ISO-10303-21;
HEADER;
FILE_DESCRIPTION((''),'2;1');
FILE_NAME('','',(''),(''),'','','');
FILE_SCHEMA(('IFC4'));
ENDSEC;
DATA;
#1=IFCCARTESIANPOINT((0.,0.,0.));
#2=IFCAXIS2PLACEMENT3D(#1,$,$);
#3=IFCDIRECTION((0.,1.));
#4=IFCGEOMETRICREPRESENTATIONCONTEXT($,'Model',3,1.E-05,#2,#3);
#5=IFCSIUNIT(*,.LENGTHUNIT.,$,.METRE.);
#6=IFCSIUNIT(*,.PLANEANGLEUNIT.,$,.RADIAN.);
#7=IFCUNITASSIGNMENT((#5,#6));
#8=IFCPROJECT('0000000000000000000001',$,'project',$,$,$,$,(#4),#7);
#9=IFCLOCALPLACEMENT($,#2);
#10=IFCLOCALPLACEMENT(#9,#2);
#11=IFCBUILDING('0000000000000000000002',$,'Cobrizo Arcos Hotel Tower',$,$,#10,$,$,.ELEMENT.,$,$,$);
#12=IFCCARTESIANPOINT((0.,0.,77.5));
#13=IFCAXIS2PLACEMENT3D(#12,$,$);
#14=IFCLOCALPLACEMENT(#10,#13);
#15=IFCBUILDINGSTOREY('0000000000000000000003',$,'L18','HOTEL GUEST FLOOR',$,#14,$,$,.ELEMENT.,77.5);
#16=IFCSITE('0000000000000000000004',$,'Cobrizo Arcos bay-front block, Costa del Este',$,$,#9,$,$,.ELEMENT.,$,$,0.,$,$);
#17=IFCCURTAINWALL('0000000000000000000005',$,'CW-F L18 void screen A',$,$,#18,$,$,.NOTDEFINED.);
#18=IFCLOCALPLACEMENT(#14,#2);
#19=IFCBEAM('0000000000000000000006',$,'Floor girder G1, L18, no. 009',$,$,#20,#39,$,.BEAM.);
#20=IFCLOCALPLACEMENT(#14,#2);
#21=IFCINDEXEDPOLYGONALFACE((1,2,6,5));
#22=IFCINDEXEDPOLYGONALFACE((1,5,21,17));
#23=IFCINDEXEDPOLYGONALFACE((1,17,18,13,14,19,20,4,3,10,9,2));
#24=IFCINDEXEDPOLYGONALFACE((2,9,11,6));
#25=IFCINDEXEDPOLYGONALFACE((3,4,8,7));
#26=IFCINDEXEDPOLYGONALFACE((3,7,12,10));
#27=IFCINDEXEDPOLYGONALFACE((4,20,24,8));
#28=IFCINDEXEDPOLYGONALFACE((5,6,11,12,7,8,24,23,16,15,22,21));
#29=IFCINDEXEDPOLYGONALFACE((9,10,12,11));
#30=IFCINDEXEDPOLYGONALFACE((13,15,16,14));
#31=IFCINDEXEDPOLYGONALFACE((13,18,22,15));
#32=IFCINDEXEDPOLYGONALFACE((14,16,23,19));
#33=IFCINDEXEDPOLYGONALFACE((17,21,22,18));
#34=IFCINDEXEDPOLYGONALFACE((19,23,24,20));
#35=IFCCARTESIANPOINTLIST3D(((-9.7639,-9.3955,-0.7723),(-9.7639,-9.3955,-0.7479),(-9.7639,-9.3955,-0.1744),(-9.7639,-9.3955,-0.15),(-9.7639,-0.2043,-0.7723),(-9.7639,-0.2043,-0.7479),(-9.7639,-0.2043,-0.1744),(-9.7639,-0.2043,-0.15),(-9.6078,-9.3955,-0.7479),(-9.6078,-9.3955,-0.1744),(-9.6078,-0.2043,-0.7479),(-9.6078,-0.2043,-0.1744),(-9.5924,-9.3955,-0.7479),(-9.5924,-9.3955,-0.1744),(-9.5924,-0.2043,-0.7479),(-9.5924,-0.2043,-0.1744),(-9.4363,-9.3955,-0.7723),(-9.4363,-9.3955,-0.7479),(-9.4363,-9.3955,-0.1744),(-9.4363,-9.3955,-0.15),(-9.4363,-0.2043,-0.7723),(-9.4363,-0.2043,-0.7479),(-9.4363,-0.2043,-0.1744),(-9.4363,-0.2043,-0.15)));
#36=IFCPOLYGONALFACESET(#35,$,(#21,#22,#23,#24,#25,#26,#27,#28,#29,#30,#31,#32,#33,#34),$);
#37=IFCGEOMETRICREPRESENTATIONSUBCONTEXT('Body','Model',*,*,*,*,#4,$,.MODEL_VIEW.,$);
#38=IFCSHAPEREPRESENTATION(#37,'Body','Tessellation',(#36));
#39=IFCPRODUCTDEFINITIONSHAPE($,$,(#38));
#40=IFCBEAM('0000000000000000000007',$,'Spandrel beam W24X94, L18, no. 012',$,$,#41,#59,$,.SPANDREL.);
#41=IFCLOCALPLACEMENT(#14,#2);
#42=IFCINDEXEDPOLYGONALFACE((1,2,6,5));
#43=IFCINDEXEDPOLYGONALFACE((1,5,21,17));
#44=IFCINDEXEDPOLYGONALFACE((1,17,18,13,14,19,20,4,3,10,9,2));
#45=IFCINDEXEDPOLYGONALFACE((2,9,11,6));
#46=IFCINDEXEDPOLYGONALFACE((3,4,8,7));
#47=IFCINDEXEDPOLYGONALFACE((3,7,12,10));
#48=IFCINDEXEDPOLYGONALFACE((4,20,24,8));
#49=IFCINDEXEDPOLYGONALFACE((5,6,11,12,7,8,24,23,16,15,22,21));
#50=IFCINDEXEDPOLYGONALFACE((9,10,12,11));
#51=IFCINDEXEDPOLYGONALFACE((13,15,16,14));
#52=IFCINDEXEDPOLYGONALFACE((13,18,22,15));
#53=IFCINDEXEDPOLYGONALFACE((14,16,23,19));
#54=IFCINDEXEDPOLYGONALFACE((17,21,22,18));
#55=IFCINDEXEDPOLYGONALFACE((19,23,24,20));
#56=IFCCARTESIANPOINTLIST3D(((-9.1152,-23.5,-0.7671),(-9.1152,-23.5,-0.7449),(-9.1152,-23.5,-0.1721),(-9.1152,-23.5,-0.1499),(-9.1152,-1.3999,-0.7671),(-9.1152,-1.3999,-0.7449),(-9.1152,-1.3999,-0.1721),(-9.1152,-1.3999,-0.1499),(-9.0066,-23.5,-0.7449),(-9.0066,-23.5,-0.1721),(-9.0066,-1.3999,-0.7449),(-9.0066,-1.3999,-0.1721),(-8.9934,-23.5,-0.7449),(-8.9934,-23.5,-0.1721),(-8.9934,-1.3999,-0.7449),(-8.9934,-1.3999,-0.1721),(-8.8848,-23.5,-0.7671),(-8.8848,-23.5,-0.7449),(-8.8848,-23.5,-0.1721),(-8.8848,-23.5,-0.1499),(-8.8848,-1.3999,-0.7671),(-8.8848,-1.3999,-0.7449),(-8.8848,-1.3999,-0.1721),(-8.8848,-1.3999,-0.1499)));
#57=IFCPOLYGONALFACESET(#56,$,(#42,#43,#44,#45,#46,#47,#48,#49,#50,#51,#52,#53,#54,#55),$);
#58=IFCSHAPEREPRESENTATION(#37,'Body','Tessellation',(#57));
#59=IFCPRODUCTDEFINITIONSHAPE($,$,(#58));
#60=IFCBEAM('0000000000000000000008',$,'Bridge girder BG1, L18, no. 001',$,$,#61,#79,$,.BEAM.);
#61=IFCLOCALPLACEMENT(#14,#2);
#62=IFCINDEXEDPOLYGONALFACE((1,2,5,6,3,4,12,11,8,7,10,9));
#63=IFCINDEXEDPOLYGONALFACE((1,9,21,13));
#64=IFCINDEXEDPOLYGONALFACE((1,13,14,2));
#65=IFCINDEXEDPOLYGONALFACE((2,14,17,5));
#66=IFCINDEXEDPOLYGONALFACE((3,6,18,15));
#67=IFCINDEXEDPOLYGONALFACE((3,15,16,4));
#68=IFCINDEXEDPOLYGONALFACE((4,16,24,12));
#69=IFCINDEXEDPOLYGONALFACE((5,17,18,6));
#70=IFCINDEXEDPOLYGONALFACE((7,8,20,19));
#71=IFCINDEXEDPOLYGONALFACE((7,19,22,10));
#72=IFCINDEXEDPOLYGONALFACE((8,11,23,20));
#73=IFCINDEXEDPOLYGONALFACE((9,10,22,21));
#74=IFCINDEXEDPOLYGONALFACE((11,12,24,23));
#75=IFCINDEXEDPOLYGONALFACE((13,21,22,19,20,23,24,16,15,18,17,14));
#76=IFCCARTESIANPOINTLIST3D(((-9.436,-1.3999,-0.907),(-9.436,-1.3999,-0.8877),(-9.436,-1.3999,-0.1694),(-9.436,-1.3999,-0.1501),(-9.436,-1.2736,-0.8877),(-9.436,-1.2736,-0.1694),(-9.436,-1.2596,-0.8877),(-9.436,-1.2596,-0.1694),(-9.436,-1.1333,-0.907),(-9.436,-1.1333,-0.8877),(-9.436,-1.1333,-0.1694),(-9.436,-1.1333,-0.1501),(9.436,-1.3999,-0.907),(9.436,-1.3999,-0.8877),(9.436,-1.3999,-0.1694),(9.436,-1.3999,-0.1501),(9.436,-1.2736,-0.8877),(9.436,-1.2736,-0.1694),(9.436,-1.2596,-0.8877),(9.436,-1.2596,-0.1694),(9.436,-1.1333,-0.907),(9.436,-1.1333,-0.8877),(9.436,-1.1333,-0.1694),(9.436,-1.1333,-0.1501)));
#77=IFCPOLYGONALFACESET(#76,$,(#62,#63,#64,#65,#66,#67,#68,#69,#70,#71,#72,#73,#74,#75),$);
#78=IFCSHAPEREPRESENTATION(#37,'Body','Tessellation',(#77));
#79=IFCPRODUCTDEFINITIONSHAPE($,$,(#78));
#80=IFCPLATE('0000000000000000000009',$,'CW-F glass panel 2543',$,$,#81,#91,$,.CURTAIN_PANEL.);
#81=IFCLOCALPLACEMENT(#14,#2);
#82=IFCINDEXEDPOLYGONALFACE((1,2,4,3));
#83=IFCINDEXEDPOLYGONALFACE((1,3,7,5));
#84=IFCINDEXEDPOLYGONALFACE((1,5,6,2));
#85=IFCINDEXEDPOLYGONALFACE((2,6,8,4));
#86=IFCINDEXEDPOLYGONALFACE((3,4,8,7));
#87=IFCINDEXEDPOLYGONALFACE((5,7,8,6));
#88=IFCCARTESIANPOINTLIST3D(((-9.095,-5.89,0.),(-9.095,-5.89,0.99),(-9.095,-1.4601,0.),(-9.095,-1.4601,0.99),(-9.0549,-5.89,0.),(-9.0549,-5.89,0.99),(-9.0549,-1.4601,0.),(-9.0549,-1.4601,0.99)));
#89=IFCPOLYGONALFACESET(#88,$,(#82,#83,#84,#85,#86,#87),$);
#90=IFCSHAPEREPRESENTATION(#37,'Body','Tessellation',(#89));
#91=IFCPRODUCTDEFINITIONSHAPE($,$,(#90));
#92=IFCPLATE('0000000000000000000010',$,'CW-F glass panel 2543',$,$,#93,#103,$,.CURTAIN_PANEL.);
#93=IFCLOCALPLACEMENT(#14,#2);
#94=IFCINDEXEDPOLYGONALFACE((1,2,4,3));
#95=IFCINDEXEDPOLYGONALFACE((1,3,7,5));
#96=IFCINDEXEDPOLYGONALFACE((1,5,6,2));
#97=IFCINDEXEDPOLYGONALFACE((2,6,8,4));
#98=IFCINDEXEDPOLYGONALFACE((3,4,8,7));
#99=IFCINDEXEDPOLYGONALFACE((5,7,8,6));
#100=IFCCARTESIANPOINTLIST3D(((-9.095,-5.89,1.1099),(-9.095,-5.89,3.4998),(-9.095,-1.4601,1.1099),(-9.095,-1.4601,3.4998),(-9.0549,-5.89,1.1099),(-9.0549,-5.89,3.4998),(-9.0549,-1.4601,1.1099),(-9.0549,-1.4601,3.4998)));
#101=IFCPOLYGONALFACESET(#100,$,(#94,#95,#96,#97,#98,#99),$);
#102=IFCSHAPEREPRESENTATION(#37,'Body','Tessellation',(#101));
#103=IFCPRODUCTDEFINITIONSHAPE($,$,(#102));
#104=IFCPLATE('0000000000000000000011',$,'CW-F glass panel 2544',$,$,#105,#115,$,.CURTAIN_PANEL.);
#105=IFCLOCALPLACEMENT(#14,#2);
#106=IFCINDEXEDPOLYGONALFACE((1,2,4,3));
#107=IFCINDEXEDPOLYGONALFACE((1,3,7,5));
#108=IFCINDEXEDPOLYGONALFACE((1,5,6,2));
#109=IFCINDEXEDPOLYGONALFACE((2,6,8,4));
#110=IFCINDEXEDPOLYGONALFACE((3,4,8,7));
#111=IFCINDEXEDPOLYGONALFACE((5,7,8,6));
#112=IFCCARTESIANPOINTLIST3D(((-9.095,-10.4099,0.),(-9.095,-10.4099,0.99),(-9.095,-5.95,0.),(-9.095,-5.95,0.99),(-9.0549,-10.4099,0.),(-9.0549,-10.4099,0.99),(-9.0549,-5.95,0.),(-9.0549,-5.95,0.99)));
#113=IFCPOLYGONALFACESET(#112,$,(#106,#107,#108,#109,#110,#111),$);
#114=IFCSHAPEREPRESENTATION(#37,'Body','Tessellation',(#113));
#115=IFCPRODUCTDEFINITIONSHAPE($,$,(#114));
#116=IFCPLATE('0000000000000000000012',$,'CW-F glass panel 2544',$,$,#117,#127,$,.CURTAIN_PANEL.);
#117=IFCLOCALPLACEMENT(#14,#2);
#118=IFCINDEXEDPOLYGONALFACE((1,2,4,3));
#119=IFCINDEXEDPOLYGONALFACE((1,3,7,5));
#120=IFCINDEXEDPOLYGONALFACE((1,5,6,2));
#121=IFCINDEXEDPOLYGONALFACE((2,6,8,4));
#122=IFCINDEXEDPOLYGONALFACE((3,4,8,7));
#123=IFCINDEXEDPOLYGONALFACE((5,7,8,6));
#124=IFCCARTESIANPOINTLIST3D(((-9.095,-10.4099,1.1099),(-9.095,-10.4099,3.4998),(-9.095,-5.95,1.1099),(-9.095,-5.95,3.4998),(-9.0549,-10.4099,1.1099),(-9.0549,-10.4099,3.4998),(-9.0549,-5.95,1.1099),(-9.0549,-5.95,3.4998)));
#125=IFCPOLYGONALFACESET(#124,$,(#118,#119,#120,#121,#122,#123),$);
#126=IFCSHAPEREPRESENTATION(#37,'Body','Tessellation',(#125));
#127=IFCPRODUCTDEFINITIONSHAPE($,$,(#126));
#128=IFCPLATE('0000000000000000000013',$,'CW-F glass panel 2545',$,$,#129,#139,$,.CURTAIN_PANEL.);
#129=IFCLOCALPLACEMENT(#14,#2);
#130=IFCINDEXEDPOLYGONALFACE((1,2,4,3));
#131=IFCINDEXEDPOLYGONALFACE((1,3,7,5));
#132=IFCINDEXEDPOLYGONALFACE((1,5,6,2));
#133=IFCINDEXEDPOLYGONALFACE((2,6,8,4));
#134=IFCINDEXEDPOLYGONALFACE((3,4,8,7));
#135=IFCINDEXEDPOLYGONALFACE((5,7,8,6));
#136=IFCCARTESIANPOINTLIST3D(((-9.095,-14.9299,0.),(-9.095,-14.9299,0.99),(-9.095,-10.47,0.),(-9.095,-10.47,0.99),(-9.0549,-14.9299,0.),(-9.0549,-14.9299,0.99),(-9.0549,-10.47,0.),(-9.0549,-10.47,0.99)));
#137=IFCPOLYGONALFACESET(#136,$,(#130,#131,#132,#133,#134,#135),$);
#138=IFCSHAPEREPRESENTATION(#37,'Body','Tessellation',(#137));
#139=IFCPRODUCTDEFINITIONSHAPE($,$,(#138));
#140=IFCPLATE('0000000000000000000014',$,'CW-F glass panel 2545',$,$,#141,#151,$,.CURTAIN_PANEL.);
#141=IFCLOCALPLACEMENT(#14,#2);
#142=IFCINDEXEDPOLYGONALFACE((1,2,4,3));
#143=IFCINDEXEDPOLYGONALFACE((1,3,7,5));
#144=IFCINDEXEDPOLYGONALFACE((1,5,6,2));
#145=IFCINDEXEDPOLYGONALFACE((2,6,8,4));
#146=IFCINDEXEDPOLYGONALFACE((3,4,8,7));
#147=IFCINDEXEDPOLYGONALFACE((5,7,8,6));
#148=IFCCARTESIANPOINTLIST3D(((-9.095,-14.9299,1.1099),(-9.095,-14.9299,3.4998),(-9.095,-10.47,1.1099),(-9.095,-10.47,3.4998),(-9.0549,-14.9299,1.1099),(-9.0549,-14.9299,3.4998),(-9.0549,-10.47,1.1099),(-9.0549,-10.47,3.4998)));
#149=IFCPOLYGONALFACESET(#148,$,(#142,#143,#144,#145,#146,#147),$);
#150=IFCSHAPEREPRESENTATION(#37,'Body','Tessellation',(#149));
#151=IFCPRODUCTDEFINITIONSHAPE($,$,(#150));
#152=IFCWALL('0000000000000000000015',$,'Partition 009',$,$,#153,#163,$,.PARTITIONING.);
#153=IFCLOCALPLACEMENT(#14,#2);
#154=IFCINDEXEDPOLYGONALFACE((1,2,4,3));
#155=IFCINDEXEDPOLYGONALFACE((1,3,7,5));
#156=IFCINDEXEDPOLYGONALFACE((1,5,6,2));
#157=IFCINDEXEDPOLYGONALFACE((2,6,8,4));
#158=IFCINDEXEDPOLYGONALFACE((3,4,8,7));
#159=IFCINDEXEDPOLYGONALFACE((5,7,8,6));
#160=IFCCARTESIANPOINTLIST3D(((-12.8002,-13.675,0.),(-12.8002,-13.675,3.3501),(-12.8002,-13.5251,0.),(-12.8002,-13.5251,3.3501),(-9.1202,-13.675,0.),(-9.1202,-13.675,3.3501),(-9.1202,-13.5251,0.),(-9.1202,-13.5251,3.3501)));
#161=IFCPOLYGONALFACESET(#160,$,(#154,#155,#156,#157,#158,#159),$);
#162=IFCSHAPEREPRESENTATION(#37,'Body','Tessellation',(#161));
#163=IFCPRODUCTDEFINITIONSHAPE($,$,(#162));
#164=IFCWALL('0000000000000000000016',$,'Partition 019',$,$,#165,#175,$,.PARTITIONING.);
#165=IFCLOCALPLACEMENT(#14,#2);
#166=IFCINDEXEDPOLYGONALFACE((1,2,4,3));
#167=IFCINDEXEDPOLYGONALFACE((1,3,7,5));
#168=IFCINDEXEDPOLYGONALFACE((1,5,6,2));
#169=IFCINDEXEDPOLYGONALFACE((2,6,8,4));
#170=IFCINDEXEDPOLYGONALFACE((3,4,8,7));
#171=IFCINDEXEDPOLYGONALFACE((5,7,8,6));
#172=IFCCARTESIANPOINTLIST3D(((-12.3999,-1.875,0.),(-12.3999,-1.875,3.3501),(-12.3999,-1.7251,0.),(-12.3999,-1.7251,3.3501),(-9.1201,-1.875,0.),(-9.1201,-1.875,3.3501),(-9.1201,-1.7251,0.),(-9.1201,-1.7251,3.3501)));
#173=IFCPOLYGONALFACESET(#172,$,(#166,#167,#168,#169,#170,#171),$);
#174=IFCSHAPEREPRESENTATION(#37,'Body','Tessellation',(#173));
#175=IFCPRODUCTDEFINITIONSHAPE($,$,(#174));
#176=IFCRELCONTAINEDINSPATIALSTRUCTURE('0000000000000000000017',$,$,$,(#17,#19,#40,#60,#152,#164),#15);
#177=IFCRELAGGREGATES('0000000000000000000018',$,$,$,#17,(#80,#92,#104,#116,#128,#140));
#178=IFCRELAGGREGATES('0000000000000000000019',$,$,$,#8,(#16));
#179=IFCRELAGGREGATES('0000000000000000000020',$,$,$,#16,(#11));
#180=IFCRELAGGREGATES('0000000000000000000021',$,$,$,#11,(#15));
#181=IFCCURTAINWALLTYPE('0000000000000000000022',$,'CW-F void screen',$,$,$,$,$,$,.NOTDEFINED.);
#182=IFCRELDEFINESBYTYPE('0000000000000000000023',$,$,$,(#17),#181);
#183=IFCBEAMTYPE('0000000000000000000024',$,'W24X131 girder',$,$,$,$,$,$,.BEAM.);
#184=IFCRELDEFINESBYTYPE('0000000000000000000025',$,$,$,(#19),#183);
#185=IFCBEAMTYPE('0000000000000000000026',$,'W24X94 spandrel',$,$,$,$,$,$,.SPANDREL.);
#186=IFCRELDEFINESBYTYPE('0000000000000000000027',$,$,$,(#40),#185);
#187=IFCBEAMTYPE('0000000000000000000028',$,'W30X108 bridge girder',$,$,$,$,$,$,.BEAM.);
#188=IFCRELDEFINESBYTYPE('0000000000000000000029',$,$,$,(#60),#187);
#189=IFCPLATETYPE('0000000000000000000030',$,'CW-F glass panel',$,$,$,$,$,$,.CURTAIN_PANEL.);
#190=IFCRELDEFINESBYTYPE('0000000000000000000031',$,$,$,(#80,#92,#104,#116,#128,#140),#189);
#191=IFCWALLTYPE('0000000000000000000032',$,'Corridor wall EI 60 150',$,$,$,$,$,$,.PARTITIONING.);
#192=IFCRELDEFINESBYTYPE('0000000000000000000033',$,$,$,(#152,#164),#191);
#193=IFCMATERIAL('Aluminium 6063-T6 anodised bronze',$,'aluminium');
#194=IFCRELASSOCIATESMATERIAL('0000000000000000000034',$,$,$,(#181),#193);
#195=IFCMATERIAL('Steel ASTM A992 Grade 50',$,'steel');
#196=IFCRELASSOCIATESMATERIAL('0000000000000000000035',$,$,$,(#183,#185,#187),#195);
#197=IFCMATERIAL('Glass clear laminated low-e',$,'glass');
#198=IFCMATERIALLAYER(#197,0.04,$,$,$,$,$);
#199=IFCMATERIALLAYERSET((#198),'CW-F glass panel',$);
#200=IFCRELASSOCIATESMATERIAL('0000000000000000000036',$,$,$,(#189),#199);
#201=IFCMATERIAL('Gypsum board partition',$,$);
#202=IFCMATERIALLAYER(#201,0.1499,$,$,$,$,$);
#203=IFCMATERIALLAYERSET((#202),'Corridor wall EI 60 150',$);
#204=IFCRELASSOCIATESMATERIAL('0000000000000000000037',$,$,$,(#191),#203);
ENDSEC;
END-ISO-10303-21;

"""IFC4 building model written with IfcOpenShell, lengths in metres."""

from ifc_helpers import new_model, si_unit, direction, frame, frame_2d, origin, origin_2d, place, context, subcontext, project, spatial, rectangle, i_section, extrude, material, layer, layer_set, material_profile, profile_set, type_object, element, aggregate, save


model = new_model("IFC4")

# Units and contexts
model_context = context("Model", 3, precision=1e-05, world=origin(), true_north=direction((0.0, 1.0)))
body_context = subcontext(model_context, "Body", "Model", "MODEL_VIEW")
ifc_project = project(units=[si_unit("LENGTHUNIT", "METRE"), si_unit("PLANEANGLEUNIT", "RADIAN")], contexts=[model_context])

# Site, building, storey
site_placement = place(None, origin())
site = spatial("IfcSite", under=ifc_project, at=site_placement, Name="Cobrizo Arcos bay-front block, Costa del Este", CompositionType="ELEMENT", RefElevation=0.0)
building_placement = place(site_placement, origin())
building = spatial("IfcBuilding", under=site, at=building_placement, Name="Cobrizo Arcos Hotel Tower", CompositionType="ELEMENT")
storey_placement = place(building_placement, frame((0.0, 0.0, 77.5)))
storey = spatial("IfcBuildingStorey", under=building, at=storey_placement, Name="L18", Description="HOTEL GUEST FLOOR", CompositionType="ELEMENT", Elevation=77.5)

# Shared definitions
ifc_material_1 = material(Name="Steel ASTM A992 Grade 50", Category="steel")

# Curtain wall
ifc_material_2 = material(Name="Aluminium 6063-T6 anodised bronze", Category="aluminium")
curtain_wall_type = type_object("IfcCurtainWallType", Name="CW-F void screen", PredefinedType="NOTDEFINED", material=ifc_material_2)
curtain_wall_placement = place(storey_placement, origin())
curtain_wall = element("IfcCurtainWall", 1, at=curtain_wall_placement, inside=storey, type_object=curtain_wall_type, Name="CW-F L18 void screen A", PredefinedType="NOTDEFINED")

# Beams
ifc_material_profile_1 = material_profile(ifc_material_1, i_section(OverallWidth=0.3276, OverallDepth=0.6223, WebThickness=0.0154, FlangeThickness=0.0244, at=origin_2d()), Name="W24X131")
ifc_profile_set_1 = profile_set([ifc_material_profile_1], Name="Steel ASTM A992 Grade 50")
beam_type_1 = type_object("IfcBeamType", Name="W24X131 girder", PredefinedType="BEAM", material=ifc_profile_set_1)
beam_1_placement = place(storey_placement, frame((-9.6001, -9.3955, -0.4612), z_axis=(0.0, 1.0, 0.0), x_axis=(-1.0, 0.0, 0.0)))
element("IfcBeam", 2, at=beam_1_placement, inside=storey, type_object=beam_type_1, Name="Floor girder G1, L18, no. 009", PredefinedType="BEAM", context=body_context, shape_type="SweptSolid", body=[
    extrude(i_section(OverallWidth=0.3276, OverallDepth=0.6223, WebThickness=0.0154, FlangeThickness=0.0244, at=origin_2d()), origin(), (0.0, 0.0, 1.0), 9.1912),
])
ifc_material_profile_2 = material_profile(ifc_material_1, i_section(OverallWidth=0.2305, OverallDepth=0.6172, WebThickness=0.0132, FlangeThickness=0.0222, at=origin_2d()), Name="W24X94")
ifc_profile_set_2 = profile_set([ifc_material_profile_2], Name="Steel ASTM A992 Grade 50")
beam_type_2 = type_object("IfcBeamType", Name="W24X94 spandrel", PredefinedType="SPANDREL", material=ifc_profile_set_2)
beam_2_placement = place(storey_placement, frame((-9.0, -1.3999, -0.4585), z_axis=(0.0, -1.0, 0.0), x_axis=(1.0, 0.0, 0.0)))
element("IfcBeam", 3, at=beam_2_placement, inside=storey, type_object=beam_type_2, Name="Spandrel beam W24X94, L18, no. 012", PredefinedType="SPANDREL", context=body_context, shape_type="SweptSolid", body=[
    extrude(i_section(OverallWidth=0.2305, OverallDepth=0.6172, WebThickness=0.0132, FlangeThickness=0.0222, at=origin_2d()), origin(), (0.0, 0.0, 1.0), 22.1001),
])
ifc_material_profile_3 = material_profile(ifc_material_1, i_section(OverallWidth=0.2666, OverallDepth=0.7568, WebThickness=0.0139, FlangeThickness=0.0193, at=origin_2d()), Name="W30X108")
ifc_profile_set_3 = profile_set([ifc_material_profile_3], Name="Steel ASTM A992 Grade 50")
beam_type_3 = type_object("IfcBeamType", Name="W30X108 bridge girder", PredefinedType="BEAM", material=ifc_profile_set_3)
beam_3_placement = place(storey_placement, frame((-9.436, -1.2666, -0.5286), z_axis=(1.0, 0.0, 0.0), x_axis=(0.0, 1.0, 0.0)))
element("IfcBeam", 4, at=beam_3_placement, inside=storey, type_object=beam_type_3, Name="Bridge girder BG1, L18, no. 001", PredefinedType="BEAM", context=body_context, shape_type="SweptSolid", body=[
    extrude(i_section(OverallWidth=0.2666, OverallDepth=0.7568, WebThickness=0.0139, FlangeThickness=0.0193, at=origin_2d()), origin(), (0.0, 0.0, 1.0), 18.8721),
])

# Plates
ifc_material_3 = material(Name="Glass clear laminated low-e", Category="glass")
ifc_layer_1 = layer(ifc_material_3, 0.04)
ifc_layer_set_1 = layer_set([ifc_layer_1], Name="CW-F glass panel")
plate_type = type_object("IfcPlateType", Name="CW-F glass panel", PredefinedType="CURTAIN_PANEL", material=ifc_layer_set_1)
plate_1_placement = place(storey_placement, frame((-9.075, -3.675, 0.0), z_axis=(0.0, 0.0, 1.0), x_axis=(0.0, -1.0, 0.0)))
plate_1 = element("IfcPlate", 5, at=plate_1_placement, type_object=plate_type, Name="CW-F glass panel 2543", PredefinedType="CURTAIN_PANEL", context=body_context, shape_type="SweptSolid", body=[
    extrude(rectangle(XDim=4.4299, YDim=0.04, at=origin_2d()), origin(), (0.0, 0.0, 1.0), 0.99),
])
plate_2_placement = place(storey_placement, frame((-9.075, -3.675, 1.1099), z_axis=(0.0, 0.0, 1.0), x_axis=(0.0, -1.0, 0.0)))
plate_2 = element("IfcPlate", 6, at=plate_2_placement, type_object=plate_type, Name="CW-F glass panel 2543", PredefinedType="CURTAIN_PANEL", context=body_context, shape_type="SweptSolid", body=[
    extrude(rectangle(XDim=4.4299, YDim=0.04, at=origin_2d()), origin(), (0.0, 0.0, 1.0), 2.3899),
])
plate_3_placement = place(storey_placement, frame((-9.075, -8.1799, 0.0), z_axis=(0.0, 0.0, 1.0), x_axis=(0.0, -1.0, 0.0)))
plate_3 = element("IfcPlate", 7, at=plate_3_placement, type_object=plate_type, Name="CW-F glass panel 2544", PredefinedType="CURTAIN_PANEL", context=body_context, shape_type="SweptSolid", body=[
    extrude(rectangle(XDim=4.46, YDim=0.04, at=origin_2d()), origin(), (0.0, 0.0, 1.0), 0.99),
])
plate_4_placement = place(storey_placement, frame((-9.075, -8.1799, 1.1099), z_axis=(0.0, 0.0, 1.0), x_axis=(0.0, -1.0, 0.0)))
plate_4 = element("IfcPlate", 8, at=plate_4_placement, type_object=plate_type, Name="CW-F glass panel 2544", PredefinedType="CURTAIN_PANEL", context=body_context, shape_type="SweptSolid", body=[
    extrude(rectangle(XDim=4.46, YDim=0.04, at=origin_2d()), origin(), (0.0, 0.0, 1.0), 2.3899),
])
plate_5_placement = place(storey_placement, frame((-9.075, -12.7, 0.0), z_axis=(0.0, 0.0, 1.0), x_axis=(0.0, -1.0, 0.0)))
plate_5 = element("IfcPlate", 9, at=plate_5_placement, type_object=plate_type, Name="CW-F glass panel 2545", PredefinedType="CURTAIN_PANEL", context=body_context, shape_type="SweptSolid", body=[
    extrude(rectangle(XDim=4.46, YDim=0.04, at=origin_2d()), origin(), (0.0, 0.0, 1.0), 0.99),
])
plate_6_placement = place(storey_placement, frame((-9.075, -12.7, 1.1099), z_axis=(0.0, 0.0, 1.0), x_axis=(0.0, -1.0, 0.0)))
plate_6 = element("IfcPlate", 10, at=plate_6_placement, type_object=plate_type, Name="CW-F glass panel 2545", PredefinedType="CURTAIN_PANEL", context=body_context, shape_type="SweptSolid", body=[
    extrude(rectangle(XDim=4.46, YDim=0.04, at=origin_2d()), origin(), (0.0, 0.0, 1.0), 2.3899),
])
aggregate(curtain_wall, [plate_1, plate_2, plate_3, plate_4, plate_5, plate_6])

# Walls
ifc_material_4 = material(Name="Gypsum board partition")
ifc_layer_2 = layer(ifc_material_4, 0.1499)
ifc_layer_set_2 = layer_set([ifc_layer_2], Name="Corridor wall EI 60 150")
wall_type_1 = type_object("IfcWallType", Name="Corridor wall EI 60 150", PredefinedType="PARTITIONING", material=ifc_layer_set_2)
wall_1_placement = place(storey_placement, frame((-12.8, -13.6001, 0.0), z_axis=(0.0, 0.0, 1.0), x_axis=(1.0, 0.0, 0.0)))
element("IfcWall", 11, at=wall_1_placement, inside=storey, type_object=wall_type_1, Name="Partition 009", PredefinedType="PARTITIONING", context=body_context, shape_type="SweptSolid", body=[
    extrude(rectangle(XDim=3.6799, YDim=0.1499, at=frame_2d((1.8398, 0.0))), origin(), (0.0, 0.0, 1.0), 3.3501),
])
wall_2_placement = place(storey_placement, frame((-12.3999, -1.8, 0.0), z_axis=(0.0, 0.0, 1.0), x_axis=(1.0, 0.0, 0.0)))
element("IfcWall", 12, at=wall_2_placement, inside=storey, type_object=wall_type_1, Name="Partition 019", PredefinedType="PARTITIONING", context=body_context, shape_type="SweptSolid", body=[
    extrude(rectangle(XDim=3.2798, YDim=0.1499, at=frame_2d((1.6399, 0.0))), origin(), (0.0, 0.0, 1.0), 3.3501),
])

save(model, "model.ifc")
